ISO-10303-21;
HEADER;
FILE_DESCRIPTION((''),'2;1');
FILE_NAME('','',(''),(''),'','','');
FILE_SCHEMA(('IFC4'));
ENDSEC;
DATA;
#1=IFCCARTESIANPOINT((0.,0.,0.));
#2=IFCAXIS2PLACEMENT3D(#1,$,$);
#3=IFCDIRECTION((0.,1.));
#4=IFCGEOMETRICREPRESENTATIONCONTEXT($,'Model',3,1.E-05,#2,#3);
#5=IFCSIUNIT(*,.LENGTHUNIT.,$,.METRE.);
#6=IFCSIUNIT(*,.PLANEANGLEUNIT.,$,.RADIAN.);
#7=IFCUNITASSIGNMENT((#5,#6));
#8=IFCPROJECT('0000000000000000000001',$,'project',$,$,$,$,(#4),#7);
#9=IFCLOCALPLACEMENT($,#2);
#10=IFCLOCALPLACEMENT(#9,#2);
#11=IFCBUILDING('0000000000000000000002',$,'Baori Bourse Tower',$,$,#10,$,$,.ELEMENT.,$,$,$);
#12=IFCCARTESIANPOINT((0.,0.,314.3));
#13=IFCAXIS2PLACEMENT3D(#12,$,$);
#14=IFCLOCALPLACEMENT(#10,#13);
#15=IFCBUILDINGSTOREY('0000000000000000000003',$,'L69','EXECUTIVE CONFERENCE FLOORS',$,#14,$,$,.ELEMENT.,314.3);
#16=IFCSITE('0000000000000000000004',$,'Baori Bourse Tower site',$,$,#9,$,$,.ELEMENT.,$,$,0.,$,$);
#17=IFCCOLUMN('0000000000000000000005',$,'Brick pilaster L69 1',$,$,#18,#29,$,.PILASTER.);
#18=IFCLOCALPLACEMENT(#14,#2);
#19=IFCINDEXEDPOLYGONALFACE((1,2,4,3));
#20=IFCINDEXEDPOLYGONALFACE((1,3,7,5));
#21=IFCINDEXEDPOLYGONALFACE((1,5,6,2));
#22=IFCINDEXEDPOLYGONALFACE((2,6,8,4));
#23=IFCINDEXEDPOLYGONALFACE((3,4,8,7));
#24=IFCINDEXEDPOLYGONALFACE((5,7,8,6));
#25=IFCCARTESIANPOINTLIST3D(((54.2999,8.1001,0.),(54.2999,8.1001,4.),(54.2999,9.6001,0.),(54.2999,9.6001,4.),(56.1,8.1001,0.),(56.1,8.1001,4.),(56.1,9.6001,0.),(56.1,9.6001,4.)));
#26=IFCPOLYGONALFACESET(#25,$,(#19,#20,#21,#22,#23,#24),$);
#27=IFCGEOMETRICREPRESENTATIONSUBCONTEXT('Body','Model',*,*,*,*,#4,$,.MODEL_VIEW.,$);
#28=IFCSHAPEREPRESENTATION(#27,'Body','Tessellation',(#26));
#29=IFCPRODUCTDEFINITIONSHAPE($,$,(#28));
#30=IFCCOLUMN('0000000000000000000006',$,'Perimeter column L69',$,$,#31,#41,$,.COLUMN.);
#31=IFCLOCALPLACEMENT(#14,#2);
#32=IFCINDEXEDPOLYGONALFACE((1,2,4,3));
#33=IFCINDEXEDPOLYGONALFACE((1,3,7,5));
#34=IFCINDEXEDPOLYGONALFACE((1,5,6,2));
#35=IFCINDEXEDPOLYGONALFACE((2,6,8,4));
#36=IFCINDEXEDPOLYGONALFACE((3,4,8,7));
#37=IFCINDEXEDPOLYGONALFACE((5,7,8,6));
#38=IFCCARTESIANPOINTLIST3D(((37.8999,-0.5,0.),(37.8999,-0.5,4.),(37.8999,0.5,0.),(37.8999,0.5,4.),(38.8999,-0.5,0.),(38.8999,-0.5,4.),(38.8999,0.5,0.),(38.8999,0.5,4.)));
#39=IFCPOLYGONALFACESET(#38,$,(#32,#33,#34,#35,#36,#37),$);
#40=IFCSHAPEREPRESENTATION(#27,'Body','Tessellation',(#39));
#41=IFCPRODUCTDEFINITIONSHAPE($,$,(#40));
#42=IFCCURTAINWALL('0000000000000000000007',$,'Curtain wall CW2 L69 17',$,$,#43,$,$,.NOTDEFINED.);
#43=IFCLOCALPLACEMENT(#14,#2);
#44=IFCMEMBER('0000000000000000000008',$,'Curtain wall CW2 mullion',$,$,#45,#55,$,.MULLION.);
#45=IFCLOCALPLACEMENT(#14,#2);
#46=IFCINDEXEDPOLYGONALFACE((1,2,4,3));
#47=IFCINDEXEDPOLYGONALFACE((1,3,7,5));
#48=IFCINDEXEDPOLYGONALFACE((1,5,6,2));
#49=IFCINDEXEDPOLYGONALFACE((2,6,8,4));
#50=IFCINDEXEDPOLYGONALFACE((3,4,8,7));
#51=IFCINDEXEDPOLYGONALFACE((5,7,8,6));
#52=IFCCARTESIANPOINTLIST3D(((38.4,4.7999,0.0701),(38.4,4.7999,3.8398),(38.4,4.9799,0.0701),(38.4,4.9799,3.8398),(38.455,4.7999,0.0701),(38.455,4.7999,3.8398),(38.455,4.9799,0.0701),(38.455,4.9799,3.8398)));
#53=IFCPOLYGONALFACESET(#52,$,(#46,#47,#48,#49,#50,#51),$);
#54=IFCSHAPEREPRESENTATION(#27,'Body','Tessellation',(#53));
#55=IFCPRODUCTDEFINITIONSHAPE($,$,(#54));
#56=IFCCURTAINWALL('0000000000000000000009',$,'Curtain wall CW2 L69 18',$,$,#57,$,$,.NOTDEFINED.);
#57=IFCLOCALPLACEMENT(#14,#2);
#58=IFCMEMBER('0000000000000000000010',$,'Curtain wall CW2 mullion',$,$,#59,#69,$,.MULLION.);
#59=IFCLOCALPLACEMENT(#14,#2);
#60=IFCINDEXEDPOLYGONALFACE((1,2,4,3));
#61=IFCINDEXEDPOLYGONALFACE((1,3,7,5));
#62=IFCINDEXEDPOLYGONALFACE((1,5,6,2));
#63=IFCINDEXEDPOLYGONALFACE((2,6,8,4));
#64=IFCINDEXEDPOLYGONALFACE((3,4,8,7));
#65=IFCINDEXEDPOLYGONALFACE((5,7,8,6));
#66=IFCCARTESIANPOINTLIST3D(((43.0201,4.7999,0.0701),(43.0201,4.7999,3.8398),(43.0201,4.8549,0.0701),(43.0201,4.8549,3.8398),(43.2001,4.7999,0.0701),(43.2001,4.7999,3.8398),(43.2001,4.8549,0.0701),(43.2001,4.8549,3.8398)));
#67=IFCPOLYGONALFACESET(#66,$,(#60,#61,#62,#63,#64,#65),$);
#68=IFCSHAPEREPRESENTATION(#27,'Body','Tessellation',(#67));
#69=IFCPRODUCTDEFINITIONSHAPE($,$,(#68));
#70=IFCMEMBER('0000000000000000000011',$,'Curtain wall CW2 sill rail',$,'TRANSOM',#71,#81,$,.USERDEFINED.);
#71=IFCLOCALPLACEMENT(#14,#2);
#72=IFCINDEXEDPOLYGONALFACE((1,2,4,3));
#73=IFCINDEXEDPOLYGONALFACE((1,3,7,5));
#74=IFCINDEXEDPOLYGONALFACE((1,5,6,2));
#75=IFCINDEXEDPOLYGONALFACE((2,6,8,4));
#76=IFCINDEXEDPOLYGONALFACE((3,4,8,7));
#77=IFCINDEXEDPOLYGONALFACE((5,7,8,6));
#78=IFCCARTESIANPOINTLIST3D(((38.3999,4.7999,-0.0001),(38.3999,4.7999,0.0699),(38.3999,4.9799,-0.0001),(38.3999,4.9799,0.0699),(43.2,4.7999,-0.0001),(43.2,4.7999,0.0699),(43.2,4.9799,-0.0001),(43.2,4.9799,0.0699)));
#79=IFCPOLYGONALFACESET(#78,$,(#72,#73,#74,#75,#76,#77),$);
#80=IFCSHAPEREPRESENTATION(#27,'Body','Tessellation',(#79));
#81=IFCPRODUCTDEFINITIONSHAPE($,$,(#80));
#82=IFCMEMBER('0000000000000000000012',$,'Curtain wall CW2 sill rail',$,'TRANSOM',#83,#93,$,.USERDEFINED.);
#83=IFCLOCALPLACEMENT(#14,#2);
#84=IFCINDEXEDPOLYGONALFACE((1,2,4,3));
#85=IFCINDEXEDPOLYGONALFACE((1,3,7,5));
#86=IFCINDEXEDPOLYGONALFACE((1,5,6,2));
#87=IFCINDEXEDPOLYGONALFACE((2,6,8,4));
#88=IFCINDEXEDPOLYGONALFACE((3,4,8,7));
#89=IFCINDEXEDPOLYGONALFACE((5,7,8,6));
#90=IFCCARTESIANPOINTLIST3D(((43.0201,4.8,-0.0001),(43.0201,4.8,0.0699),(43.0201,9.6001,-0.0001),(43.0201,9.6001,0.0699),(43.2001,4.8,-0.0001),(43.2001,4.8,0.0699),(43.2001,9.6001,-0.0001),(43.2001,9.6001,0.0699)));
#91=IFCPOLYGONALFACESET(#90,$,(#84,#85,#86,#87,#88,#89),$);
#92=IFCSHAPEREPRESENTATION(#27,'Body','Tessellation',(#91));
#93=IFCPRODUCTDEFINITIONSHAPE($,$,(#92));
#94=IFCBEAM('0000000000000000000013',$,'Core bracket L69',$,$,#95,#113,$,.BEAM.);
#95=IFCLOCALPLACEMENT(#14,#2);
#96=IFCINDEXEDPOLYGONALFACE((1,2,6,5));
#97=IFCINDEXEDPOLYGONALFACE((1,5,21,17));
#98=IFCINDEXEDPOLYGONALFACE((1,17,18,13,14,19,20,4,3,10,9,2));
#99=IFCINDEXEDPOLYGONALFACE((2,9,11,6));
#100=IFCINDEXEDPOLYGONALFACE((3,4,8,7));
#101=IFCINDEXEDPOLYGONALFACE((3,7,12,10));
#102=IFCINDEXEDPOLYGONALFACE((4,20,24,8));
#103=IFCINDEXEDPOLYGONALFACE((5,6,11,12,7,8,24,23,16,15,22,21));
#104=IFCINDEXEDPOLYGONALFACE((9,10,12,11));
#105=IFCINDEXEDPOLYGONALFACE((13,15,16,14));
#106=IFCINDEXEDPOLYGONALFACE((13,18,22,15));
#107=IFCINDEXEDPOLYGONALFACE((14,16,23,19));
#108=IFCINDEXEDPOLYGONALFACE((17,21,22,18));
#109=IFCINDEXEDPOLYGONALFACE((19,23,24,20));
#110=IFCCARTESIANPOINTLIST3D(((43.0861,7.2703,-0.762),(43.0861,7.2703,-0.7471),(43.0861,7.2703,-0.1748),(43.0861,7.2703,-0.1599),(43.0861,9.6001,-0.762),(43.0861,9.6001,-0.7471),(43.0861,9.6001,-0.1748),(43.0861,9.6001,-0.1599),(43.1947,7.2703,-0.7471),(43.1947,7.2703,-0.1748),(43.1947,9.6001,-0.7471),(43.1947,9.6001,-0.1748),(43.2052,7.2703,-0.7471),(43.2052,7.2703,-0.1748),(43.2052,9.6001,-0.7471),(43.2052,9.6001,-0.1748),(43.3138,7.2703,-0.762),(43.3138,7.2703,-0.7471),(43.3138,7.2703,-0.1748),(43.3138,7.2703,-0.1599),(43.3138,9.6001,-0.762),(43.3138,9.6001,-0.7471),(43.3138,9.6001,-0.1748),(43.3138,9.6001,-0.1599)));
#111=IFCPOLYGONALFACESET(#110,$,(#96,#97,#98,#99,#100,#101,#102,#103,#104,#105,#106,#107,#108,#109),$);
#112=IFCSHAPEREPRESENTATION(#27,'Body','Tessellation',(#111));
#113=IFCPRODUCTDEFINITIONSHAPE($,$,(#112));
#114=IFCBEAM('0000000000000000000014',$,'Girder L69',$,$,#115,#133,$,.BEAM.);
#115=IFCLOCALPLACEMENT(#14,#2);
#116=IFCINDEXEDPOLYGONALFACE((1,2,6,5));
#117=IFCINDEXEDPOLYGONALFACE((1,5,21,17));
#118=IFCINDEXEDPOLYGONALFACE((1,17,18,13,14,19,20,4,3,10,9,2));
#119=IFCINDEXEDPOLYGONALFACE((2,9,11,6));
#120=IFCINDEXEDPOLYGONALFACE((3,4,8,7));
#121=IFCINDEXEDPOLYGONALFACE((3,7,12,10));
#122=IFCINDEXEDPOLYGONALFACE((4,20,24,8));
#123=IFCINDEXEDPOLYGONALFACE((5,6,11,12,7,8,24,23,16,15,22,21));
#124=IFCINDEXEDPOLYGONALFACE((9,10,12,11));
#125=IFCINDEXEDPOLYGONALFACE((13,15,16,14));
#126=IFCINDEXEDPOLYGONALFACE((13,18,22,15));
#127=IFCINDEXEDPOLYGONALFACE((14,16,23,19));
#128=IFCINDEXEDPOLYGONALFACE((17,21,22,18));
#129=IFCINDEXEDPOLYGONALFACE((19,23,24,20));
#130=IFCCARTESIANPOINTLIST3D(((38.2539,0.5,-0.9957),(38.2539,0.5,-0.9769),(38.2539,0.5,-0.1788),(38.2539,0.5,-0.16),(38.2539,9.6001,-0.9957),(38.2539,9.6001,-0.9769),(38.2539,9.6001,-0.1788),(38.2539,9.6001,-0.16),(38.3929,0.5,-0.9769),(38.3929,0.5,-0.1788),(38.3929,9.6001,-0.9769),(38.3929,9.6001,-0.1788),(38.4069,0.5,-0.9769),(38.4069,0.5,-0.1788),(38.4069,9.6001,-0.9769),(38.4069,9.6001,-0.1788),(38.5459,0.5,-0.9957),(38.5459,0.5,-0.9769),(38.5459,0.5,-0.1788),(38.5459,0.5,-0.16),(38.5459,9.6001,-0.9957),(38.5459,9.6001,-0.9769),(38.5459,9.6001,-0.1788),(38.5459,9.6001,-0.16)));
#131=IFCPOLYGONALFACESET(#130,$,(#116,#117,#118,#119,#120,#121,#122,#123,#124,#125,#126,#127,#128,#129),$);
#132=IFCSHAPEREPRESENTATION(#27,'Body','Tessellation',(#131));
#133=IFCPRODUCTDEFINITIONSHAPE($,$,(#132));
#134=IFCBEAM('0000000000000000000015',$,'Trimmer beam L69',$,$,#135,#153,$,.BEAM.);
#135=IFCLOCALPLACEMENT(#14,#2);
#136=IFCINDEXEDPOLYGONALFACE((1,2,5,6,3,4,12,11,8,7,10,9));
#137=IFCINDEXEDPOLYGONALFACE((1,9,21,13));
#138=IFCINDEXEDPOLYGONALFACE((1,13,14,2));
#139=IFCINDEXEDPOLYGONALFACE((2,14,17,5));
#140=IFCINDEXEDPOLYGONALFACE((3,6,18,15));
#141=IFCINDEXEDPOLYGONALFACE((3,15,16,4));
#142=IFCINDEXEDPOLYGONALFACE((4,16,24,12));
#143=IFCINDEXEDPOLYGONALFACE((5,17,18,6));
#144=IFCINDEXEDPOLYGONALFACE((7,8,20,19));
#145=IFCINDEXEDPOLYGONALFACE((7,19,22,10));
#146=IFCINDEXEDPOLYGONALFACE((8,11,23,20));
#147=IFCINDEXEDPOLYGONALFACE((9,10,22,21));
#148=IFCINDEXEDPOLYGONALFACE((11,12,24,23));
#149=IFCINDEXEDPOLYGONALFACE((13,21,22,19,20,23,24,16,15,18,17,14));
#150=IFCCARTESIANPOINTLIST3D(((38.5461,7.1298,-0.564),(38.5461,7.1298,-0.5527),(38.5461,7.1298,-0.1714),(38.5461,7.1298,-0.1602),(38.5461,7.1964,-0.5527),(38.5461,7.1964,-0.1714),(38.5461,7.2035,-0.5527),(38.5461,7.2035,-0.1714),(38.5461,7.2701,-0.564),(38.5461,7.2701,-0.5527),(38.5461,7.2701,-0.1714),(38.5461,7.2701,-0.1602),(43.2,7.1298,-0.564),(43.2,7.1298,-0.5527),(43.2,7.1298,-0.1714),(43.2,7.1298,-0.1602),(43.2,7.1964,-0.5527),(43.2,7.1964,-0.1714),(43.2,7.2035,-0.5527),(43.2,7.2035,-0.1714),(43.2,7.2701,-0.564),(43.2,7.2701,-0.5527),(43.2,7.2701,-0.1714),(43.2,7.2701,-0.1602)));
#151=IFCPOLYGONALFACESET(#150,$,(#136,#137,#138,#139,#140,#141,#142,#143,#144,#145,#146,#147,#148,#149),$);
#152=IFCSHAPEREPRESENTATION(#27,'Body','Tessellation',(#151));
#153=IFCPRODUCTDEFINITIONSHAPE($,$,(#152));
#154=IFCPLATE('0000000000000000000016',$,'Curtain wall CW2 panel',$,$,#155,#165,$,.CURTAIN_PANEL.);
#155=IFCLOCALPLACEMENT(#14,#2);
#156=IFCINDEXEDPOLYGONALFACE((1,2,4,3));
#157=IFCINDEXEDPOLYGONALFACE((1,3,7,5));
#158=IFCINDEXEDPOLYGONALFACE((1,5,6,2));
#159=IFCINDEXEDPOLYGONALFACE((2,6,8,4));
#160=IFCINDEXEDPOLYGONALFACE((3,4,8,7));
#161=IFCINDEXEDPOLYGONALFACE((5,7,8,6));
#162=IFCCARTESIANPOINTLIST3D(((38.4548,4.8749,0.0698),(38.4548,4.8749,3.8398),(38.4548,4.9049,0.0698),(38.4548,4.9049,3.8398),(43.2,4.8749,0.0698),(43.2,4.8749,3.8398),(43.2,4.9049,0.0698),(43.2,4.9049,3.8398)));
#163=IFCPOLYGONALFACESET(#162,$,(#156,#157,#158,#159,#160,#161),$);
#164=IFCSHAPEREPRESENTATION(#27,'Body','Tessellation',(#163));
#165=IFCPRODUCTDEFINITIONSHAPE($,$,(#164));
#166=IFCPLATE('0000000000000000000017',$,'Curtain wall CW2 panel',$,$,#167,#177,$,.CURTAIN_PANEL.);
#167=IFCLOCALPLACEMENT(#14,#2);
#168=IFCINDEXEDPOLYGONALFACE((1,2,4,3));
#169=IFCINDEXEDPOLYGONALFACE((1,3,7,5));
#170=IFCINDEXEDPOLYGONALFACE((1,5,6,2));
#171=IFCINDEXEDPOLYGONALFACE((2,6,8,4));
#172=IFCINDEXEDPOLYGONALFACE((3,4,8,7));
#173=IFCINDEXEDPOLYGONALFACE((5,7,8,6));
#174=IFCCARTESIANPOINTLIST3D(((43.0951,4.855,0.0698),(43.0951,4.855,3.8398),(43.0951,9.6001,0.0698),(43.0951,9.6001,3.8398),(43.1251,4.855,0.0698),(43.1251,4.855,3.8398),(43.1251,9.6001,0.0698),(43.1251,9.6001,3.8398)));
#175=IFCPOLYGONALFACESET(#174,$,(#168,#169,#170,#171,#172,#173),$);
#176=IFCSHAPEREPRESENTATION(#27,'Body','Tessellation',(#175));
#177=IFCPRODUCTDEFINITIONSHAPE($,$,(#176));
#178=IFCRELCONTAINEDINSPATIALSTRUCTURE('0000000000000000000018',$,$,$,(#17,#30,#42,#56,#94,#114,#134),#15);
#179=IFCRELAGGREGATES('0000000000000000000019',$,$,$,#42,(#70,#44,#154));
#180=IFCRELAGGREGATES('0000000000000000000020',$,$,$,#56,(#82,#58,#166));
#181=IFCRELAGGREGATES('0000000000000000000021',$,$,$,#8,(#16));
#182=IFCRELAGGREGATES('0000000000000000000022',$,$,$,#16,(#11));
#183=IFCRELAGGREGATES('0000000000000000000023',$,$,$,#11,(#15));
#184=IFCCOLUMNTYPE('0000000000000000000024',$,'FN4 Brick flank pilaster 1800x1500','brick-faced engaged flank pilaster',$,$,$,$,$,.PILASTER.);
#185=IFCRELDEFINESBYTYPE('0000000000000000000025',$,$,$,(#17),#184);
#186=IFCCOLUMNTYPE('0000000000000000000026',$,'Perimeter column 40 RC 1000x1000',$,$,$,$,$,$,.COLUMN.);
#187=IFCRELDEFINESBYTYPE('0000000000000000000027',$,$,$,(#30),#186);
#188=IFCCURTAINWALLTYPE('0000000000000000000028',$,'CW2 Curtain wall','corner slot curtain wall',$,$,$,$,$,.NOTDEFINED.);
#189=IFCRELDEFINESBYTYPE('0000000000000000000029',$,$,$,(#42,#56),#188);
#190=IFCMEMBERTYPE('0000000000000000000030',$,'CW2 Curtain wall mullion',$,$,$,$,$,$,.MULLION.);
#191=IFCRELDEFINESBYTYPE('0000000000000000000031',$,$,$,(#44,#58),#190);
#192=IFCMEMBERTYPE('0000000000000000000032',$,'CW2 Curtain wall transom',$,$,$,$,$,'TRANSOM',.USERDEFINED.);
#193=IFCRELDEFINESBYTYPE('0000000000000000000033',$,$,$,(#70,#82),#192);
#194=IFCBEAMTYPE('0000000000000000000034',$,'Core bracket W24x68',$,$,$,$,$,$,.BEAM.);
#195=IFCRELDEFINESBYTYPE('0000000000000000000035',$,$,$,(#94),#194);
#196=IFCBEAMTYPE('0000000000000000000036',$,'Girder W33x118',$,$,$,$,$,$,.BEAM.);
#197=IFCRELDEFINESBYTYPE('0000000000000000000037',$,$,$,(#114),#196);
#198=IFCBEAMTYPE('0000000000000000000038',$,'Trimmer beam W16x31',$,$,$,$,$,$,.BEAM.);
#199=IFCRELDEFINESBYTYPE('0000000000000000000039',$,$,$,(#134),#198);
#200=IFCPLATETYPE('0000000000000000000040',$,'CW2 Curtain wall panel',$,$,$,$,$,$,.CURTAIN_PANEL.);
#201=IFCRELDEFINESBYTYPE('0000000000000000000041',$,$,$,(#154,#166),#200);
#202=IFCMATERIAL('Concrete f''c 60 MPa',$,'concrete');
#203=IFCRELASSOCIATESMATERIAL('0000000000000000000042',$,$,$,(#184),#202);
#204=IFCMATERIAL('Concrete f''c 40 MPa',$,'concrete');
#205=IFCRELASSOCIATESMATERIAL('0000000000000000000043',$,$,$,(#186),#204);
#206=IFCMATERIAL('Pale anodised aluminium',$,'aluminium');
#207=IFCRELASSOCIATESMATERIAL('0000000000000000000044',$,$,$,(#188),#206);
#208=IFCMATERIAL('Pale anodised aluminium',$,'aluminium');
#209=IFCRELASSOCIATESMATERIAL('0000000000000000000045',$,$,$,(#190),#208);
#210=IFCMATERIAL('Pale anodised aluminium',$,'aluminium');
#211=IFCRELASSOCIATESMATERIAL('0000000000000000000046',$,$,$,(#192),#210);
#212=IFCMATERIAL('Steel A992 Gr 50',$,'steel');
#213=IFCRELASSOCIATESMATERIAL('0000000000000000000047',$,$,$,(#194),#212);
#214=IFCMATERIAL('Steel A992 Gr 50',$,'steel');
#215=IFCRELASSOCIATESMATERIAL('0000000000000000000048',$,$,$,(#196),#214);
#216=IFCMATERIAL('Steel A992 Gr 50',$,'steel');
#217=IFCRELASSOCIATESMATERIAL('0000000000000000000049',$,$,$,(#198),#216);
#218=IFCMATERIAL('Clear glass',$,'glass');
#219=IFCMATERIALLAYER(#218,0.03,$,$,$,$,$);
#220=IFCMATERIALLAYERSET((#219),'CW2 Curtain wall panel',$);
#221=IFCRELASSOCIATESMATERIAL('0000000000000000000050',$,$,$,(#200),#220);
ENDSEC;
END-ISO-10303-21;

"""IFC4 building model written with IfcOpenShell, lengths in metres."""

from ifc_helpers import new_model, si_unit, direction, frame, origin, origin_2d, place, context, subcontext, project, spatial, rectangle, i_section, extrude, material, layer, layer_set, material_profile, profile_set, type_object, element, aggregate, save


model = new_model("IFC4")

# Units and contexts
model_context = context("Model", 3, precision=1e-05, world=origin(), true_north=direction((0.0, 1.0)))
body_context = subcontext(model_context, "Body", "Model", "MODEL_VIEW")
ifc_project = project(units=[si_unit("LENGTHUNIT", "METRE"), si_unit("PLANEANGLEUNIT", "RADIAN")], contexts=[model_context])

# Site, building, storey
site_placement = place(None, origin())
site = spatial("IfcSite", under=ifc_project, at=site_placement, Name="Baori Bourse Tower site", CompositionType="ELEMENT", RefElevation=0.0)
building_placement = place(site_placement, origin())
building = spatial("IfcBuilding", under=site, at=building_placement, Name="Baori Bourse Tower", CompositionType="ELEMENT")
storey_placement = place(building_placement, frame((0.0, 0.0, 314.3)))
storey = spatial("IfcBuildingStorey", under=building, at=storey_placement, Name="L69", Description="EXECUTIVE CONFERENCE FLOORS", CompositionType="ELEMENT", Elevation=314.3)

# Columns
ifc_material_1 = material(Name="Concrete f'c 60 MPa", Category="concrete")
ifc_material_profile_1 = material_profile(ifc_material_1, rectangle(XDim=1.8, YDim=1.5, at=origin_2d()), Name="RC 1800x1500")
ifc_profile_set_1 = profile_set([ifc_material_profile_1], Name="Concrete f'c 60 MPa")
column_type_1 = type_object("IfcColumnType", Name="FN4 Brick flank pilaster 1800x1500", Description="brick-faced engaged flank pilaster", PredefinedType="PILASTER", material=ifc_profile_set_1)
column_1_placement = place(storey_placement, frame((55.2, 8.8501, 0.0), z_axis=(0.0, 0.0, 1.0), x_axis=(1.0, 0.0, 0.0)))
element("IfcColumn", 1, at=column_1_placement, inside=storey, type_object=column_type_1, Name="Brick pilaster L69 1", PredefinedType="PILASTER", context=body_context, shape_type="SweptSolid", body=[
    extrude(rectangle(XDim=1.8, YDim=1.5, at=origin_2d()), origin(), (0.0, 0.0, 1.0), 4.0),
])
ifc_material_2 = material(Name="Concrete f'c 40 MPa", Category="concrete")
ifc_material_profile_2 = material_profile(ifc_material_2, rectangle(XDim=1.0, YDim=1.0, at=origin_2d()), Name="RC 1000x1000")
ifc_profile_set_2 = profile_set([ifc_material_profile_2], Name="Concrete f'c 40 MPa")
column_type_2 = type_object("IfcColumnType", Name="Perimeter column 40 RC 1000x1000", PredefinedType="COLUMN", material=ifc_profile_set_2)
column_2_placement = place(storey_placement, frame((38.3999, 0.0, 0.0), z_axis=(0.0, 0.0, 1.0), x_axis=(1.0, 0.0, 0.0)))
element("IfcColumn", 2, at=column_2_placement, inside=storey, type_object=column_type_2, Name="Perimeter column L69", PredefinedType="COLUMN", context=body_context, shape_type="SweptSolid", body=[
    extrude(rectangle(XDim=1.0, YDim=1.0, at=origin_2d()), origin(), (0.0, 0.0, 1.0), 4.0),
])

# Curtain walls, members
ifc_material_3 = material(Name="Pale anodised aluminium", Category="aluminium")
curtain_wall_type = type_object("IfcCurtainWallType", Name="CW2 Curtain wall", Description="corner slot curtain wall", PredefinedType="NOTDEFINED", material=ifc_material_3)
curtain_wall_1_placement = place(storey_placement, origin())
curtain_wall_1 = element("IfcCurtainWall", 3, at=curtain_wall_1_placement, inside=storey, type_object=curtain_wall_type, Name="Curtain wall CW2 L69 17", PredefinedType="NOTDEFINED")
ifc_material_4 = material(Name="Pale anodised aluminium", Category="aluminium")
ifc_material_profile_3 = material_profile(ifc_material_4, rectangle(XDim=0.1799, YDim=0.0549, at=origin_2d()), Name="Mullion 55x180")
ifc_profile_set_3 = profile_set([ifc_material_profile_3], Name="Pale anodised aluminium")
member_type_1 = type_object("IfcMemberType", Name="CW2 Curtain wall mullion", PredefinedType="MULLION", material=ifc_profile_set_3)
member_1_placement = place(storey_placement, frame((38.4275, 4.8899, 0.0701), z_axis=(0.0, 0.0, 1.0), x_axis=(0.0, 1.0, 0.0)))
member_1 = element("IfcMember", 4, at=member_1_placement, type_object=member_type_1, Name="Curtain wall CW2 mullion", PredefinedType="MULLION", context=body_context, shape_type="SweptSolid", body=[
    extrude(rectangle(XDim=0.1799, YDim=0.0549, at=origin_2d()), origin(), (0.0, 0.0, 1.0), 3.7698),
])
curtain_wall_2_placement = place(storey_placement, origin())
curtain_wall_2 = element("IfcCurtainWall", 5, at=curtain_wall_2_placement, inside=storey, type_object=curtain_wall_type, Name="Curtain wall CW2 L69 18", PredefinedType="NOTDEFINED")
member_2_placement = place(storey_placement, frame((43.1101, 4.8274, 0.0701), z_axis=(0.0, 0.0, 1.0), x_axis=(-1.0, 0.0, 0.0)))
member_2 = element("IfcMember", 6, at=member_2_placement, type_object=member_type_1, Name="Curtain wall CW2 mullion", PredefinedType="MULLION", context=body_context, shape_type="SweptSolid", body=[
    extrude(rectangle(XDim=0.1799, YDim=0.0549, at=origin_2d()), origin(), (0.0, 0.0, 1.0), 3.7698),
])

# Members
ifc_material_5 = material(Name="Pale anodised aluminium", Category="aluminium")
ifc_material_profile_4 = material_profile(ifc_material_5, rectangle(XDim=0.1799, YDim=0.0701, at=origin_2d()), Name="Transom 70x180")
ifc_profile_set_4 = profile_set([ifc_material_profile_4], Name="Pale anodised aluminium")
member_type_2 = type_object("IfcMemberType", Name="CW2 Curtain wall transom", ElementType="TRANSOM", PredefinedType="USERDEFINED", material=ifc_profile_set_4)
member_3_placement = place(storey_placement, frame((38.3999, 4.8899, 0.0349), z_axis=(1.0, 0.0, 0.0), x_axis=(0.0, 1.0, 0.0)))
member_3 = element("IfcMember", 7, at=member_3_placement, type_object=member_type_2, Name="Curtain wall CW2 sill rail", ObjectType="TRANSOM", PredefinedType="USERDEFINED", context=body_context, shape_type="SweptSolid", body=[
    extrude(rectangle(XDim=0.1799, YDim=0.0701, at=origin_2d()), origin(), (0.0, 0.0, 1.0), 4.8),
])
member_4_placement = place(storey_placement, frame((43.1101, 4.8, 0.0349), z_axis=(0.0, 1.0, 0.0), x_axis=(-1.0, 0.0, 0.0)))
member_4 = element("IfcMember", 8, at=member_4_placement, type_object=member_type_2, Name="Curtain wall CW2 sill rail", ObjectType="TRANSOM", PredefinedType="USERDEFINED", context=body_context, shape_type="SweptSolid", body=[
    extrude(rectangle(XDim=0.1799, YDim=0.0701, at=origin_2d()), origin(), (0.0, 0.0, 1.0), 4.8),
])

# Beams
ifc_material_6 = material(Name="Steel A992 Gr 50", Category="steel")
ifc_material_profile_5 = material_profile(ifc_material_6, i_section(OverallWidth=0.2278, OverallDepth=0.6021, WebThickness=0.0105, FlangeThickness=0.0149, at=origin_2d()), Name="W24x68")
ifc_profile_set_5 = profile_set([ifc_material_profile_5], Name="Steel A992 Gr 50")
beam_type_1 = type_object("IfcBeamType", Name="Core bracket W24x68", PredefinedType="BEAM", material=ifc_profile_set_5)
beam_1_placement = place(storey_placement, frame((43.2, 7.2703, -0.4609), z_axis=(0.0, 1.0, 0.0), x_axis=(-1.0, 0.0, 0.0)))
element("IfcBeam", 9, at=beam_1_placement, inside=storey, type_object=beam_type_1, Name="Core bracket L69", PredefinedType="BEAM", context=body_context, shape_type="SweptSolid", body=[
    extrude(i_section(OverallWidth=0.2278, OverallDepth=0.6021, WebThickness=0.0105, FlangeThickness=0.0149, at=origin_2d()), origin(), (0.0, 0.0, 1.0), 2.3298),
])
ifc_material_7 = material(Name="Steel A992 Gr 50", Category="steel")
ifc_material_profile_6 = material_profile(ifc_material_7, i_section(OverallWidth=0.292, OverallDepth=0.8357, WebThickness=0.0139, FlangeThickness=0.0188, at=origin_2d()), Name="W33x118")
ifc_profile_set_6 = profile_set([ifc_material_profile_6], Name="Steel A992 Gr 50")
beam_type_2 = type_object("IfcBeamType", Name="Girder W33x118", PredefinedType="BEAM", material=ifc_profile_set_6)
beam_2_placement = place(storey_placement, frame((38.3999, 0.5, -0.5779), z_axis=(0.0, 1.0, 0.0), x_axis=(-1.0, 0.0, 0.0)))
element("IfcBeam", 10, at=beam_2_placement, inside=storey, type_object=beam_type_2, Name="Girder L69", PredefinedType="BEAM", context=body_context, shape_type="SweptSolid", body=[
    extrude(i_section(OverallWidth=0.292, OverallDepth=0.8357, WebThickness=0.0139, FlangeThickness=0.0188, at=origin_2d()), origin(), (0.0, 0.0, 1.0), 9.1001),
])
ifc_material_8 = material(Name="Steel A992 Gr 50", Category="steel")
ifc_material_profile_7 = material_profile(ifc_material_8, i_section(OverallWidth=0.1404, OverallDepth=0.4038, WebThickness=0.0071, FlangeThickness=0.0112, at=origin_2d()), Name="W16x31")
ifc_profile_set_7 = profile_set([ifc_material_profile_7], Name="Steel A992 Gr 50")
beam_type_3 = type_object("IfcBeamType", Name="Trimmer beam W16x31", PredefinedType="BEAM", material=ifc_profile_set_7)
beam_3_placement = place(storey_placement, frame((38.5461, 7.2, -0.3621), z_axis=(1.0, 0.0, 0.0), x_axis=(0.0, 1.0, 0.0)))
element("IfcBeam", 11, at=beam_3_placement, inside=storey, type_object=beam_type_3, Name="Trimmer beam L69", PredefinedType="BEAM", context=body_context, shape_type="SweptSolid", body=[
    extrude(i_section(OverallWidth=0.1404, OverallDepth=0.4038, WebThickness=0.0071, FlangeThickness=0.0112, at=origin_2d()), origin(), (0.0, 0.0, 1.0), 4.6538),
])

# Plates
ifc_material_9 = material(Name="Clear glass", Category="glass")
ifc_layer_1 = layer(ifc_material_9, 0.03)
ifc_layer_set_1 = layer_set([ifc_layer_1], Name="CW2 Curtain wall panel")
plate_type = type_object("IfcPlateType", Name="CW2 Curtain wall panel", PredefinedType="CURTAIN_PANEL", material=ifc_layer_set_1)
plate_1_placement = place(storey_placement, frame((40.8274, 4.8899, 0.0698), z_axis=(0.0, 0.0, 1.0), x_axis=(1.0, 0.0, 0.0)))
plate_1 = element("IfcPlate", 12, at=plate_1_placement, type_object=plate_type, Name="Curtain wall CW2 panel", PredefinedType="CURTAIN_PANEL", context=body_context, shape_type="SweptSolid", body=[
    extrude(rectangle(XDim=4.7451, YDim=0.03, at=origin_2d()), origin(), (0.0, 0.0, 1.0), 3.77),
])
aggregate(curtain_wall_1, [member_3, member_1, plate_1])
plate_2_placement = place(storey_placement, frame((43.1101, 7.2275, 0.0698), z_axis=(0.0, 0.0, 1.0), x_axis=(0.0, 1.0, 0.0)))
plate_2 = element("IfcPlate", 13, at=plate_2_placement, type_object=plate_type, Name="Curtain wall CW2 panel", PredefinedType="CURTAIN_PANEL", context=body_context, shape_type="SweptSolid", body=[
    extrude(rectangle(XDim=4.7451, YDim=0.03, at=origin_2d()), origin(), (0.0, 0.0, 1.0), 3.77),
])
aggregate(curtain_wall_2, [member_4, member_2, plate_2])

save(model, "model.ifc")
